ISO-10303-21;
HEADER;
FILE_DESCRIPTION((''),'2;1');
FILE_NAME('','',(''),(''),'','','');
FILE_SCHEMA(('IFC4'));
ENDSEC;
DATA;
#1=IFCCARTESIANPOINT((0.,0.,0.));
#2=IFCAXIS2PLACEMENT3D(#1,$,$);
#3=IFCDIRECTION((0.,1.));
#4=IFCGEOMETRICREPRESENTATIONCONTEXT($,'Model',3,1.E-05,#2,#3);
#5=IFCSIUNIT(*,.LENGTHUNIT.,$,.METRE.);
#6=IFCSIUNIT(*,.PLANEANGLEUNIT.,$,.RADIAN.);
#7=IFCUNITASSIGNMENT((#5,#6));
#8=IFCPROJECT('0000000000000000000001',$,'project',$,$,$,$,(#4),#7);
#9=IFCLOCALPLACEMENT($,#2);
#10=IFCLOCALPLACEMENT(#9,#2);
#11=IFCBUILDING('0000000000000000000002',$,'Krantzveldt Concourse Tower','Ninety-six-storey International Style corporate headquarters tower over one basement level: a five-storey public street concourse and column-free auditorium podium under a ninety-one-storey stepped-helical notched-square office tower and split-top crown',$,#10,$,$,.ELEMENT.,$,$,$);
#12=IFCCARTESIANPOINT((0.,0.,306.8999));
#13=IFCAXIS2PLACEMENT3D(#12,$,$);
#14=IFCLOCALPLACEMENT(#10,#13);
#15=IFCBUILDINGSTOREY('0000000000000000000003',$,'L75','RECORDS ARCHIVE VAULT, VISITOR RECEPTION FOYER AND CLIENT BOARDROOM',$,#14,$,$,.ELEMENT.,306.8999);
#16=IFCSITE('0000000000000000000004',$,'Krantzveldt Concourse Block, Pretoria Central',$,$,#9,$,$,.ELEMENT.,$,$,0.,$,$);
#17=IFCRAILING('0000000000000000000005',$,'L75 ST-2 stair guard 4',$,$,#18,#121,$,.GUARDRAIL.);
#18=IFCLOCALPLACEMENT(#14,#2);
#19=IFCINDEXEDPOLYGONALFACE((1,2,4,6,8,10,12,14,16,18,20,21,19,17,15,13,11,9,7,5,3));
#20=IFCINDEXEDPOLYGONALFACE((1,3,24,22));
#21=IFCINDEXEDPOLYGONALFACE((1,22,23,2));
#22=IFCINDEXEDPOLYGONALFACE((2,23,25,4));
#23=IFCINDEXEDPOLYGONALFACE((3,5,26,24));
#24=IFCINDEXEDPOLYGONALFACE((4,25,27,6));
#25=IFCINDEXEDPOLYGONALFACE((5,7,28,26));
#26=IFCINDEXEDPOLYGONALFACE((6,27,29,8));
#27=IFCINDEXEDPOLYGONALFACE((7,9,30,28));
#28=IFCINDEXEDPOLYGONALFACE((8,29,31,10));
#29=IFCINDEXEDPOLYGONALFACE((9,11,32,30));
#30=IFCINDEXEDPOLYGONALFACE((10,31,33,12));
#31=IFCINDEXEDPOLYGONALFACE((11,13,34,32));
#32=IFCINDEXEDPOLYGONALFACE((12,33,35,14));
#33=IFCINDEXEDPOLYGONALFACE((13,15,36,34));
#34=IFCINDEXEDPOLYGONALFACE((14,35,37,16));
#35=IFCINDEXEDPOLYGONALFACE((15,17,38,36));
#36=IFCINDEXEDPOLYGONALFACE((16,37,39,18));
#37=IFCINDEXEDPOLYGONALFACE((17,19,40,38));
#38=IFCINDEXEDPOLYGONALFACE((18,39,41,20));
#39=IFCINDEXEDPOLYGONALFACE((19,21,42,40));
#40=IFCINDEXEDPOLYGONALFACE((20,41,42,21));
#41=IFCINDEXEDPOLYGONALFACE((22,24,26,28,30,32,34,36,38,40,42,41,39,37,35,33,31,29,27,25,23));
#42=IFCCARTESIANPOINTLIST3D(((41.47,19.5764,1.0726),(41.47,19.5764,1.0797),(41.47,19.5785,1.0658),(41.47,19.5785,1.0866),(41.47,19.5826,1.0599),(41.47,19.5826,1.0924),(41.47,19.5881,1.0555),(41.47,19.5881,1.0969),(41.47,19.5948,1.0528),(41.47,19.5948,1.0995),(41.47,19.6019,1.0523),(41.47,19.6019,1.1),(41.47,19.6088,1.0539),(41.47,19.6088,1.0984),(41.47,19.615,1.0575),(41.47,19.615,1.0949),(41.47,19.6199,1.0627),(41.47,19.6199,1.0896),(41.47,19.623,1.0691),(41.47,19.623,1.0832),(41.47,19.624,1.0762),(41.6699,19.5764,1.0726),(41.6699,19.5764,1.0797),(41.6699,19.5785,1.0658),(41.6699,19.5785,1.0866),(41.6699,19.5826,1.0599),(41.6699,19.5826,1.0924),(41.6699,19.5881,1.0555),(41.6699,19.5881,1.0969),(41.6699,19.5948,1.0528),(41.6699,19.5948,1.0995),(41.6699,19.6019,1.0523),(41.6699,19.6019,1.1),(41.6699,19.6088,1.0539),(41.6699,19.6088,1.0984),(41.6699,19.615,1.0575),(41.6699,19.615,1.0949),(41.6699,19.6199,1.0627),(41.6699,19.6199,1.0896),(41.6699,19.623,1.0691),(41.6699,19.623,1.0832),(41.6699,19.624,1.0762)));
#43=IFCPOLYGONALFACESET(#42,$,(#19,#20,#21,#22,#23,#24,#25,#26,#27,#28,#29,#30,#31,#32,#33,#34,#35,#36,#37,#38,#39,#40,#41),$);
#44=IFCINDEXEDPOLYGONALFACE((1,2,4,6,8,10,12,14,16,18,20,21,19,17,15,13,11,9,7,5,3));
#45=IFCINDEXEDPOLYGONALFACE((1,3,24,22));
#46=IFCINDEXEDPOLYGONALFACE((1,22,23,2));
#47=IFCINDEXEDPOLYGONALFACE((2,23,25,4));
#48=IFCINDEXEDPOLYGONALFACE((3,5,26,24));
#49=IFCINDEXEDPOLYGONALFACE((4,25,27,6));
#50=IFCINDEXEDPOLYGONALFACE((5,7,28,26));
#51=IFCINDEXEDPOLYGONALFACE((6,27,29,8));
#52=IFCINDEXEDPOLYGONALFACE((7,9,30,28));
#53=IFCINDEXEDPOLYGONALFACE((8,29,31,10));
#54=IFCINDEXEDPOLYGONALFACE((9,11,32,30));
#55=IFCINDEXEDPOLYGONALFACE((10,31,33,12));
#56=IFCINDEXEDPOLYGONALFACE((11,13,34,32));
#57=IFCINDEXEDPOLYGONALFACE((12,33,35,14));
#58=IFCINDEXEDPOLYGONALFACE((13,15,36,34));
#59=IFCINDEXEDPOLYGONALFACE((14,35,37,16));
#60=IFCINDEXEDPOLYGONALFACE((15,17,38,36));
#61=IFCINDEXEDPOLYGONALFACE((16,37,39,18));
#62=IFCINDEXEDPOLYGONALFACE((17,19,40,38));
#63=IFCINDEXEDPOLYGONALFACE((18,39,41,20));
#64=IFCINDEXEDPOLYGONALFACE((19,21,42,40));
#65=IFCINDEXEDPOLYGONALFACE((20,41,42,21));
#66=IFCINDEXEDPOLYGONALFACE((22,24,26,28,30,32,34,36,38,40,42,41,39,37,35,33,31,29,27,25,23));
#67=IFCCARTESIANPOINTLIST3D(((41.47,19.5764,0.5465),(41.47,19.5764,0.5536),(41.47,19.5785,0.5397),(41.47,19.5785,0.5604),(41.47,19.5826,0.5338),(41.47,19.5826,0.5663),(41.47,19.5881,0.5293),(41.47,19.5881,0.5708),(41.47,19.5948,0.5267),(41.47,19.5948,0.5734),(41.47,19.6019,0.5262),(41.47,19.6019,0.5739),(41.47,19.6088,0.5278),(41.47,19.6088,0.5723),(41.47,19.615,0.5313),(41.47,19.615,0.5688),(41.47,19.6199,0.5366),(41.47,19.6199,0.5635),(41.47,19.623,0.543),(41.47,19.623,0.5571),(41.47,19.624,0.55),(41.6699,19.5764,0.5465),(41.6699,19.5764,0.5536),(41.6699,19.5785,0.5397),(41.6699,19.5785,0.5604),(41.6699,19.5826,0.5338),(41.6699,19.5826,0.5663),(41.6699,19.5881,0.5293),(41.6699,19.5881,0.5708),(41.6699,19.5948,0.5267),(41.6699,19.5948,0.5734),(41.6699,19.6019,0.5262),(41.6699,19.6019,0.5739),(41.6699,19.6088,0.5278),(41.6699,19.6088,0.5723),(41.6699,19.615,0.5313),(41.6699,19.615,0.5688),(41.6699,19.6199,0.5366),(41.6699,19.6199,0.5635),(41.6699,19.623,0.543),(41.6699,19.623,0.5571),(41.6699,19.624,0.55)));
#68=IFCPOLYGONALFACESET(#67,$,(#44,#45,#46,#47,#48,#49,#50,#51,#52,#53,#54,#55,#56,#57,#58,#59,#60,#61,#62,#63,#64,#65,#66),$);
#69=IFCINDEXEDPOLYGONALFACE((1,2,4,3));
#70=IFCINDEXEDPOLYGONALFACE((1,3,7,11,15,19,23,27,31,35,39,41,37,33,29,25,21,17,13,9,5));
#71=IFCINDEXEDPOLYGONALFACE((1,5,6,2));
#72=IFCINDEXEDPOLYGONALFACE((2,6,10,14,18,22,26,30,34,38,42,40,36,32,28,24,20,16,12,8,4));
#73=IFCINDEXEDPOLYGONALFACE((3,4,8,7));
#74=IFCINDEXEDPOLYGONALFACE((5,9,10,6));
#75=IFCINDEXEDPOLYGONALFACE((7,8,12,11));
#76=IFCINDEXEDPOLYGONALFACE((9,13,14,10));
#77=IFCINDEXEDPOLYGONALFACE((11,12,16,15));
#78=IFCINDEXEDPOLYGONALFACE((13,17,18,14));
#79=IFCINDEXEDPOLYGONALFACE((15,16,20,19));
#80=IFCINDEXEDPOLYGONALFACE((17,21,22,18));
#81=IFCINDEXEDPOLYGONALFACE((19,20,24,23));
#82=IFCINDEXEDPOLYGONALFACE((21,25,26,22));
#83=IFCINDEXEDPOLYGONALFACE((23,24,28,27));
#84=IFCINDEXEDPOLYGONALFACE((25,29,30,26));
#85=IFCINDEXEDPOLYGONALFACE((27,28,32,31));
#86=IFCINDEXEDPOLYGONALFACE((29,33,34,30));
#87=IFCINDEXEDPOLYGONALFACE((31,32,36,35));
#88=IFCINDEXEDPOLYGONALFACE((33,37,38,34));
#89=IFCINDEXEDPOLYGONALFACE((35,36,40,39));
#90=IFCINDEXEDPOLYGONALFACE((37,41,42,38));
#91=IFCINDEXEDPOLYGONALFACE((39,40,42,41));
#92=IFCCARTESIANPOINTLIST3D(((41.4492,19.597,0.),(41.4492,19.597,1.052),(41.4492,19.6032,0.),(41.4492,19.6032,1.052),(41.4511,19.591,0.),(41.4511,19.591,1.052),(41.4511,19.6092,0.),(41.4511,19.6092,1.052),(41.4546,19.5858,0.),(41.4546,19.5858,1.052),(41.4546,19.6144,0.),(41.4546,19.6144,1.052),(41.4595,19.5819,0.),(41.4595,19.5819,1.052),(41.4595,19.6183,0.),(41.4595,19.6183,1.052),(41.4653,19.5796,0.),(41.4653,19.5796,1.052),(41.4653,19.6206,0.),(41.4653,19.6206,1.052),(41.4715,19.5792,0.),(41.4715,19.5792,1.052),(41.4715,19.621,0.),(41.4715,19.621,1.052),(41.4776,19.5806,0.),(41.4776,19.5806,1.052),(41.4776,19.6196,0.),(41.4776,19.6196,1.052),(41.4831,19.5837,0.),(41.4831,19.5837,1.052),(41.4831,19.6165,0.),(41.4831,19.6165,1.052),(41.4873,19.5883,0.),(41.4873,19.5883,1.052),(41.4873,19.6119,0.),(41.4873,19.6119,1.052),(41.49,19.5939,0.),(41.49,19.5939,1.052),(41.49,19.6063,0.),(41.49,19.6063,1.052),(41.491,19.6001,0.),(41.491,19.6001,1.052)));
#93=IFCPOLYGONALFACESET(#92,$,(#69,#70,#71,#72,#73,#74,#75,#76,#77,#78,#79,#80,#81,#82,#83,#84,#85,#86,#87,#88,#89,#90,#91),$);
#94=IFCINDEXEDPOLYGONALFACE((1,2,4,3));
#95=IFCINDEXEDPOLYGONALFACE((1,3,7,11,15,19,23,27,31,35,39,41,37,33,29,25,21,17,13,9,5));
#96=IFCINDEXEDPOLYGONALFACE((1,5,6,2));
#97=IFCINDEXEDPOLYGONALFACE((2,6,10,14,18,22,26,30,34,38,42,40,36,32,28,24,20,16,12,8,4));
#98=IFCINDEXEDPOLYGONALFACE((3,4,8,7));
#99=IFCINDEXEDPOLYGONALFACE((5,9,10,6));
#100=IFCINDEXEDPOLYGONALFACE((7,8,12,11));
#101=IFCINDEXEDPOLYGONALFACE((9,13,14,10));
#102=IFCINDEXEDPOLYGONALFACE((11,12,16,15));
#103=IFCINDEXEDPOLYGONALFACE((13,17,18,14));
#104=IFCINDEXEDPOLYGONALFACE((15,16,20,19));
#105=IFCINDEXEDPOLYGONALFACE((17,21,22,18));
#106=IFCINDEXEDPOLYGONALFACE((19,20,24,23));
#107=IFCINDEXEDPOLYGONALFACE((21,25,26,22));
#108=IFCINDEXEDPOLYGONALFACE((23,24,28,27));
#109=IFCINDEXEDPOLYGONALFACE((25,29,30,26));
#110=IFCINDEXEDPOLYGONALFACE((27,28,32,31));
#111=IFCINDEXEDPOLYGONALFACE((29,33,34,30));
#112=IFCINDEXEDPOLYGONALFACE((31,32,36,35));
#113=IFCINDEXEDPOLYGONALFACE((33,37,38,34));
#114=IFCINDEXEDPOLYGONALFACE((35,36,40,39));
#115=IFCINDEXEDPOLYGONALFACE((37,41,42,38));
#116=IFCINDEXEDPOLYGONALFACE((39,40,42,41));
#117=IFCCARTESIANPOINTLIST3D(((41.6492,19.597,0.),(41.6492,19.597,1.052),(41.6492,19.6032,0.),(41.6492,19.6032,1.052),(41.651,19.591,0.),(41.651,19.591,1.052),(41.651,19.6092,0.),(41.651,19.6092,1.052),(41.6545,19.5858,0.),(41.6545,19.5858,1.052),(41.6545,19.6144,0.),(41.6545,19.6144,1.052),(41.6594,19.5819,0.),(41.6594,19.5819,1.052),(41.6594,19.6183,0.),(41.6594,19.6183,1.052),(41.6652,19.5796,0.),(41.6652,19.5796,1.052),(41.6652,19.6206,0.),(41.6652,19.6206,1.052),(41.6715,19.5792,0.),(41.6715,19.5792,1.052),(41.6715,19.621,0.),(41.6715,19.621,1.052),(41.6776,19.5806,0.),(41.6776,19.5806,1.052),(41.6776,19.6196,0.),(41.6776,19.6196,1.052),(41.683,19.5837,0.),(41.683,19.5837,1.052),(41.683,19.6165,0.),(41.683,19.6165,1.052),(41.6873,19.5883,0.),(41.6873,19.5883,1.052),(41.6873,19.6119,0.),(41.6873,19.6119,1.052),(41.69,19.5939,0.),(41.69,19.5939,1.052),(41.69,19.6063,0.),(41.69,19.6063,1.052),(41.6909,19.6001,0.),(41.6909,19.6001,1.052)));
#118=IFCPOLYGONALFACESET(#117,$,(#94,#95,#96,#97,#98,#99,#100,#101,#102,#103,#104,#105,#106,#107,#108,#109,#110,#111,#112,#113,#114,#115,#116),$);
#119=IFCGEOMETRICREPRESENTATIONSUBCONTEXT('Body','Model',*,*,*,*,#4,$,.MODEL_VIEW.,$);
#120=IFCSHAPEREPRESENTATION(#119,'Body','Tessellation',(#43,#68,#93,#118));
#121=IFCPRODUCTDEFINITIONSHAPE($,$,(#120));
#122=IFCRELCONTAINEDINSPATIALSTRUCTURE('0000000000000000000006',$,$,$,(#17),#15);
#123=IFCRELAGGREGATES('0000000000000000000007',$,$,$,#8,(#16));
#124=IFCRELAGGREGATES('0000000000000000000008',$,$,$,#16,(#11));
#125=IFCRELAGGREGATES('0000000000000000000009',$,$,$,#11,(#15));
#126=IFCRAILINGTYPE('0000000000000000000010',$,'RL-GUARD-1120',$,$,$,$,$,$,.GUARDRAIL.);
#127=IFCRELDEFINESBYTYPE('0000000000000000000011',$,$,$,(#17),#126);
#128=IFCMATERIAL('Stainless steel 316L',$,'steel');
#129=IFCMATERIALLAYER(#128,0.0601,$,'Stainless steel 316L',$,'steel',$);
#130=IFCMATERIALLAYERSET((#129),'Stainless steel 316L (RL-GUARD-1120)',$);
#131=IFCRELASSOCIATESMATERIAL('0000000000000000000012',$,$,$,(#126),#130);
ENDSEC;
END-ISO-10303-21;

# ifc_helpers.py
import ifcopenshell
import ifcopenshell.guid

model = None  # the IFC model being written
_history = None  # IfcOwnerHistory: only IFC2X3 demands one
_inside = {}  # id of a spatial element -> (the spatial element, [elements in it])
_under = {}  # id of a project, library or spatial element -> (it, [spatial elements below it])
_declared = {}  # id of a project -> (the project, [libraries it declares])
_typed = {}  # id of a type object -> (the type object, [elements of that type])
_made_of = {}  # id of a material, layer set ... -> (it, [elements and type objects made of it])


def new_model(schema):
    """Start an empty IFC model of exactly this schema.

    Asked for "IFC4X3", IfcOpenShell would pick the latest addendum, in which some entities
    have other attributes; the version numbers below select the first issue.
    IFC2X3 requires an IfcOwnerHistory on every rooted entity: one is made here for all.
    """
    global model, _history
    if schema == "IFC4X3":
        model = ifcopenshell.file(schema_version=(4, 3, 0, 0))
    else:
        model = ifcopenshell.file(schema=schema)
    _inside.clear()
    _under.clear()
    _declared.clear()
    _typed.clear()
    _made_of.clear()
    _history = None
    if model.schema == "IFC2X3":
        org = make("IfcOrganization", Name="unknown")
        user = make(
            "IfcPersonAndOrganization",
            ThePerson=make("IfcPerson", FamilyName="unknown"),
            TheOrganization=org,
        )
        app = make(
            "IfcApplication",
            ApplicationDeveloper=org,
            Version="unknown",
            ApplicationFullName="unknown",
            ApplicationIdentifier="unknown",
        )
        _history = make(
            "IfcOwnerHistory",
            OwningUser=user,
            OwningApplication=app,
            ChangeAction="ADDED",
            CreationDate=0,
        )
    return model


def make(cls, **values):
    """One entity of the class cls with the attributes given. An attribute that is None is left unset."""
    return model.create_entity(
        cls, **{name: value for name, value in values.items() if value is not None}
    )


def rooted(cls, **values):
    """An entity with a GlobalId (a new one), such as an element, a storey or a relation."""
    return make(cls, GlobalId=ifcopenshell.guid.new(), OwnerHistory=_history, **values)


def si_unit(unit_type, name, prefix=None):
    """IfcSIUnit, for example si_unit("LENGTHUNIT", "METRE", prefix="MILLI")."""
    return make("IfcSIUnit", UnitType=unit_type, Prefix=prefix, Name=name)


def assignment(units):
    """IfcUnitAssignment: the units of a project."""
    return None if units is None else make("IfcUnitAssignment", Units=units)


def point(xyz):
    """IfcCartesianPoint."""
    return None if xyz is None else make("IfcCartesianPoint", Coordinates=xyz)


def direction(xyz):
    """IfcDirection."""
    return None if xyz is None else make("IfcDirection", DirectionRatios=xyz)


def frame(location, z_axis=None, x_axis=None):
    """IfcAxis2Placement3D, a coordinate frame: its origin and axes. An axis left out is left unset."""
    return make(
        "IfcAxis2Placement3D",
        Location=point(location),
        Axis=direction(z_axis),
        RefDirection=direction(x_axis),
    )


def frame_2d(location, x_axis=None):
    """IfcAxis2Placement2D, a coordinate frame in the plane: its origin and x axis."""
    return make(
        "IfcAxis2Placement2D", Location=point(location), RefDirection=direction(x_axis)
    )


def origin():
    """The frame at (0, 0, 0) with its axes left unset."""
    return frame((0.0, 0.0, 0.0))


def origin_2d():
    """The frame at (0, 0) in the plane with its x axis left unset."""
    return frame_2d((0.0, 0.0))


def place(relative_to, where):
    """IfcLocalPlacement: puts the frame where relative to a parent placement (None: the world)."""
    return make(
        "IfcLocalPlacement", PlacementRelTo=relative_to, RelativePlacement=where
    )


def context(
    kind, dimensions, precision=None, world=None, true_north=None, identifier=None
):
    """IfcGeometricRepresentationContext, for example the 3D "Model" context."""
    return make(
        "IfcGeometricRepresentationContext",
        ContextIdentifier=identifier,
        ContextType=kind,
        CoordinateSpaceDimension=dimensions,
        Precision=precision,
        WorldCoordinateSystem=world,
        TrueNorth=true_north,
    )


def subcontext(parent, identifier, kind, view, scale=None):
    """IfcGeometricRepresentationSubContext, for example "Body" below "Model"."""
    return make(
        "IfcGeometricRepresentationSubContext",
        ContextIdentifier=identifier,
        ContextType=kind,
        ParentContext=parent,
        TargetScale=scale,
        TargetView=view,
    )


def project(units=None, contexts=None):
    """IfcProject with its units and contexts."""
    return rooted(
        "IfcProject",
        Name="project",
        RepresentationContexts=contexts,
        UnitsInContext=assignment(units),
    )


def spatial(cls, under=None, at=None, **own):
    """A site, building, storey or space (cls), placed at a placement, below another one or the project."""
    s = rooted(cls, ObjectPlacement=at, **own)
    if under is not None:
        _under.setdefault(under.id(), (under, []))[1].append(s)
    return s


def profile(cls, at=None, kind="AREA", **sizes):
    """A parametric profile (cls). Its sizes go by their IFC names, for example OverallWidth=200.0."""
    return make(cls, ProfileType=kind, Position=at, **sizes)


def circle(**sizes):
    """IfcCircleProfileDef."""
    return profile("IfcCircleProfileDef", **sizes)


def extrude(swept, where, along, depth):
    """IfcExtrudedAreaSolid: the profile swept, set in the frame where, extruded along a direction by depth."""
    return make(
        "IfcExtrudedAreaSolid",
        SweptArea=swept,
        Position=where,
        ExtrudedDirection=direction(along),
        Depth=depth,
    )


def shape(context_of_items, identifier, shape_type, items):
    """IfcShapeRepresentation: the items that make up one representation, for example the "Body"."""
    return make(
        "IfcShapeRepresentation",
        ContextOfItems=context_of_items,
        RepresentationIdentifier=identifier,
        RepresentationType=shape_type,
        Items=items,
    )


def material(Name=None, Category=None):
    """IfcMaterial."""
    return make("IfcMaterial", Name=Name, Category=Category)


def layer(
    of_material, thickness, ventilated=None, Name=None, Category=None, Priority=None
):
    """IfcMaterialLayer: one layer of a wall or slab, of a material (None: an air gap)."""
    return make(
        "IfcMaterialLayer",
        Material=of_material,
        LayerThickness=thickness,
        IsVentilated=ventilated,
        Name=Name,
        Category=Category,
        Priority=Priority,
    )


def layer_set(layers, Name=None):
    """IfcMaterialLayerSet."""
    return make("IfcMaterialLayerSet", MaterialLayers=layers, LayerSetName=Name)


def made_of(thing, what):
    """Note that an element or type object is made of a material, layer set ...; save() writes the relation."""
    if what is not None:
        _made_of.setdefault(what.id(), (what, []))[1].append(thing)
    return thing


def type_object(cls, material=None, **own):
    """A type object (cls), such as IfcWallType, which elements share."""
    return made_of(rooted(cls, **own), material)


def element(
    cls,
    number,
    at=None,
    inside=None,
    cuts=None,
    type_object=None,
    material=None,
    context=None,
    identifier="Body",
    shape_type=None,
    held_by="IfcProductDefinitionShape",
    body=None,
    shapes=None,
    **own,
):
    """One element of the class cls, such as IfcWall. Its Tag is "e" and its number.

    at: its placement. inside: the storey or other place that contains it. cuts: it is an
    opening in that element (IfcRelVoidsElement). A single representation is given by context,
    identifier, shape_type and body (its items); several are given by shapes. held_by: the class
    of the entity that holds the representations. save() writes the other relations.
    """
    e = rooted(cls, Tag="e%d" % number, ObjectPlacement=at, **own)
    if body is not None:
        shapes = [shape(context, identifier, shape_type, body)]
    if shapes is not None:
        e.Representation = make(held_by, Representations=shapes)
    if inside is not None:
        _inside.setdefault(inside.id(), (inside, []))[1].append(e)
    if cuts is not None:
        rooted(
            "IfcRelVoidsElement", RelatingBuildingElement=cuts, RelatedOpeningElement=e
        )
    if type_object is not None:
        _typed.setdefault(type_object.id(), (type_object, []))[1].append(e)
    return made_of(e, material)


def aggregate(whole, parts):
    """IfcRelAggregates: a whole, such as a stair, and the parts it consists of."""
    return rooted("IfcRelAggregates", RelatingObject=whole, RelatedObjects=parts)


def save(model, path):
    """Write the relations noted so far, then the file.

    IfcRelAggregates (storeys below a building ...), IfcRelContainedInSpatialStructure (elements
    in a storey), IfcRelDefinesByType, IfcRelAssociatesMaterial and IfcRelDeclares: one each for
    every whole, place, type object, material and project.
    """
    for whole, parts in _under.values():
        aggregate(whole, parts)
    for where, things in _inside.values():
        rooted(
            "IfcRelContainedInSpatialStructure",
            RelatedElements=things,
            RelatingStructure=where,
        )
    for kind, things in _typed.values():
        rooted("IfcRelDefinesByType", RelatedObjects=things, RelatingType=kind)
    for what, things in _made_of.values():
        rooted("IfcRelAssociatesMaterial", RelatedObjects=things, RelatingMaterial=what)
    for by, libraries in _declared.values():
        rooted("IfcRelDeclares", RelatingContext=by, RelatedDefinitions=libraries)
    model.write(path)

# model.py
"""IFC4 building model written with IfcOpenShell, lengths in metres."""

from ifc_helpers import new_model, si_unit, direction, frame, origin, origin_2d, place, context, subcontext, project, spatial, circle, extrude, material, layer, layer_set, type_object, element, save


model = new_model("IFC4")

# Units and contexts
model_context = context("Model", 3, precision=1e-05, world=origin(), true_north=direction((0.0, 1.0)))
body_context = subcontext(model_context, "Body", "Model", "MODEL_VIEW")
ifc_project = project(units=[si_unit("LENGTHUNIT", "METRE"), si_unit("PLANEANGLEUNIT", "RADIAN")], contexts=[model_context])

# Site, building, storey
site_placement = place(None, origin())
site = spatial("IfcSite", under=ifc_project, at=site_placement, Name="Krantzveldt Concourse Block, Pretoria Central", CompositionType="ELEMENT", RefElevation=0.0)
building_placement = place(site_placement, origin())
building = spatial("IfcBuilding", under=site, at=building_placement, Name="Krantzveldt Concourse Tower", Description="Ninety-six-storey International Style corporate headquarters tower over one basement level: a five-storey public street concourse and column-free auditorium podium under a ninety-one-storey stepped-helical notched-square office tower and split-top crown", CompositionType="ELEMENT")
storey_placement = place(building_placement, frame((0.0, 0.0, 306.8999)))
storey = spatial("IfcBuildingStorey", under=building, at=storey_placement, Name="L75", Description="RECORDS ARCHIVE VAULT, VISITOR RECEPTION FOYER AND CLIENT BOARDROOM", CompositionType="ELEMENT", Elevation=306.8999)

# Shared definitions
ifc_material_1 = material(Name="Stainless steel 316L", Category="steel")

# Railing
ifc_layer_1 = layer(ifc_material_1, 0.0601, Name="Stainless steel 316L", Category="steel")
ifc_layer_set_1 = layer_set([ifc_layer_1], Name="Stainless steel 316L (RL-GUARD-1120)")
railing_type_1 = type_object("IfcRailingType", Name="RL-GUARD-1120", PredefinedType="GUARDRAIL", material=ifc_layer_set_1)
railing_1_placement = place(storey_placement, frame((41.47, 19.6001, 0.0)))
element("IfcRailing", 1, at=railing_1_placement, inside=storey, type_object=railing_type_1, Name="L75 ST-2 stair guard 4", PredefinedType="GUARDRAIL", context=body_context, shape_type="SweptSolid", body=[
    extrude(circle(Radius=0.0239, at=origin_2d()), frame((0.0, 0.0, 1.0762), z_axis=(1.0, 0.0, 0.0), x_axis=(0.0, 1.0, 0.0)), (0.0, 0.0, 1.0), 0.2),
    extrude(circle(Radius=0.0239, at=origin_2d()), frame((0.0, 0.0, 0.55), z_axis=(1.0, 0.0, 0.0), x_axis=(0.0, 1.0, 0.0)), (0.0, 0.0, 1.0), 0.2),
    extrude(circle(Radius=0.021, at=origin_2d()), origin(), (0.0, 0.0, 1.0), 1.052),
    extrude(circle(Radius=0.021, at=origin_2d()), frame((0.2, 0.0, 0.0)), (0.0, 0.0, 1.0), 1.052),
])

save(model, "model.ifc")
